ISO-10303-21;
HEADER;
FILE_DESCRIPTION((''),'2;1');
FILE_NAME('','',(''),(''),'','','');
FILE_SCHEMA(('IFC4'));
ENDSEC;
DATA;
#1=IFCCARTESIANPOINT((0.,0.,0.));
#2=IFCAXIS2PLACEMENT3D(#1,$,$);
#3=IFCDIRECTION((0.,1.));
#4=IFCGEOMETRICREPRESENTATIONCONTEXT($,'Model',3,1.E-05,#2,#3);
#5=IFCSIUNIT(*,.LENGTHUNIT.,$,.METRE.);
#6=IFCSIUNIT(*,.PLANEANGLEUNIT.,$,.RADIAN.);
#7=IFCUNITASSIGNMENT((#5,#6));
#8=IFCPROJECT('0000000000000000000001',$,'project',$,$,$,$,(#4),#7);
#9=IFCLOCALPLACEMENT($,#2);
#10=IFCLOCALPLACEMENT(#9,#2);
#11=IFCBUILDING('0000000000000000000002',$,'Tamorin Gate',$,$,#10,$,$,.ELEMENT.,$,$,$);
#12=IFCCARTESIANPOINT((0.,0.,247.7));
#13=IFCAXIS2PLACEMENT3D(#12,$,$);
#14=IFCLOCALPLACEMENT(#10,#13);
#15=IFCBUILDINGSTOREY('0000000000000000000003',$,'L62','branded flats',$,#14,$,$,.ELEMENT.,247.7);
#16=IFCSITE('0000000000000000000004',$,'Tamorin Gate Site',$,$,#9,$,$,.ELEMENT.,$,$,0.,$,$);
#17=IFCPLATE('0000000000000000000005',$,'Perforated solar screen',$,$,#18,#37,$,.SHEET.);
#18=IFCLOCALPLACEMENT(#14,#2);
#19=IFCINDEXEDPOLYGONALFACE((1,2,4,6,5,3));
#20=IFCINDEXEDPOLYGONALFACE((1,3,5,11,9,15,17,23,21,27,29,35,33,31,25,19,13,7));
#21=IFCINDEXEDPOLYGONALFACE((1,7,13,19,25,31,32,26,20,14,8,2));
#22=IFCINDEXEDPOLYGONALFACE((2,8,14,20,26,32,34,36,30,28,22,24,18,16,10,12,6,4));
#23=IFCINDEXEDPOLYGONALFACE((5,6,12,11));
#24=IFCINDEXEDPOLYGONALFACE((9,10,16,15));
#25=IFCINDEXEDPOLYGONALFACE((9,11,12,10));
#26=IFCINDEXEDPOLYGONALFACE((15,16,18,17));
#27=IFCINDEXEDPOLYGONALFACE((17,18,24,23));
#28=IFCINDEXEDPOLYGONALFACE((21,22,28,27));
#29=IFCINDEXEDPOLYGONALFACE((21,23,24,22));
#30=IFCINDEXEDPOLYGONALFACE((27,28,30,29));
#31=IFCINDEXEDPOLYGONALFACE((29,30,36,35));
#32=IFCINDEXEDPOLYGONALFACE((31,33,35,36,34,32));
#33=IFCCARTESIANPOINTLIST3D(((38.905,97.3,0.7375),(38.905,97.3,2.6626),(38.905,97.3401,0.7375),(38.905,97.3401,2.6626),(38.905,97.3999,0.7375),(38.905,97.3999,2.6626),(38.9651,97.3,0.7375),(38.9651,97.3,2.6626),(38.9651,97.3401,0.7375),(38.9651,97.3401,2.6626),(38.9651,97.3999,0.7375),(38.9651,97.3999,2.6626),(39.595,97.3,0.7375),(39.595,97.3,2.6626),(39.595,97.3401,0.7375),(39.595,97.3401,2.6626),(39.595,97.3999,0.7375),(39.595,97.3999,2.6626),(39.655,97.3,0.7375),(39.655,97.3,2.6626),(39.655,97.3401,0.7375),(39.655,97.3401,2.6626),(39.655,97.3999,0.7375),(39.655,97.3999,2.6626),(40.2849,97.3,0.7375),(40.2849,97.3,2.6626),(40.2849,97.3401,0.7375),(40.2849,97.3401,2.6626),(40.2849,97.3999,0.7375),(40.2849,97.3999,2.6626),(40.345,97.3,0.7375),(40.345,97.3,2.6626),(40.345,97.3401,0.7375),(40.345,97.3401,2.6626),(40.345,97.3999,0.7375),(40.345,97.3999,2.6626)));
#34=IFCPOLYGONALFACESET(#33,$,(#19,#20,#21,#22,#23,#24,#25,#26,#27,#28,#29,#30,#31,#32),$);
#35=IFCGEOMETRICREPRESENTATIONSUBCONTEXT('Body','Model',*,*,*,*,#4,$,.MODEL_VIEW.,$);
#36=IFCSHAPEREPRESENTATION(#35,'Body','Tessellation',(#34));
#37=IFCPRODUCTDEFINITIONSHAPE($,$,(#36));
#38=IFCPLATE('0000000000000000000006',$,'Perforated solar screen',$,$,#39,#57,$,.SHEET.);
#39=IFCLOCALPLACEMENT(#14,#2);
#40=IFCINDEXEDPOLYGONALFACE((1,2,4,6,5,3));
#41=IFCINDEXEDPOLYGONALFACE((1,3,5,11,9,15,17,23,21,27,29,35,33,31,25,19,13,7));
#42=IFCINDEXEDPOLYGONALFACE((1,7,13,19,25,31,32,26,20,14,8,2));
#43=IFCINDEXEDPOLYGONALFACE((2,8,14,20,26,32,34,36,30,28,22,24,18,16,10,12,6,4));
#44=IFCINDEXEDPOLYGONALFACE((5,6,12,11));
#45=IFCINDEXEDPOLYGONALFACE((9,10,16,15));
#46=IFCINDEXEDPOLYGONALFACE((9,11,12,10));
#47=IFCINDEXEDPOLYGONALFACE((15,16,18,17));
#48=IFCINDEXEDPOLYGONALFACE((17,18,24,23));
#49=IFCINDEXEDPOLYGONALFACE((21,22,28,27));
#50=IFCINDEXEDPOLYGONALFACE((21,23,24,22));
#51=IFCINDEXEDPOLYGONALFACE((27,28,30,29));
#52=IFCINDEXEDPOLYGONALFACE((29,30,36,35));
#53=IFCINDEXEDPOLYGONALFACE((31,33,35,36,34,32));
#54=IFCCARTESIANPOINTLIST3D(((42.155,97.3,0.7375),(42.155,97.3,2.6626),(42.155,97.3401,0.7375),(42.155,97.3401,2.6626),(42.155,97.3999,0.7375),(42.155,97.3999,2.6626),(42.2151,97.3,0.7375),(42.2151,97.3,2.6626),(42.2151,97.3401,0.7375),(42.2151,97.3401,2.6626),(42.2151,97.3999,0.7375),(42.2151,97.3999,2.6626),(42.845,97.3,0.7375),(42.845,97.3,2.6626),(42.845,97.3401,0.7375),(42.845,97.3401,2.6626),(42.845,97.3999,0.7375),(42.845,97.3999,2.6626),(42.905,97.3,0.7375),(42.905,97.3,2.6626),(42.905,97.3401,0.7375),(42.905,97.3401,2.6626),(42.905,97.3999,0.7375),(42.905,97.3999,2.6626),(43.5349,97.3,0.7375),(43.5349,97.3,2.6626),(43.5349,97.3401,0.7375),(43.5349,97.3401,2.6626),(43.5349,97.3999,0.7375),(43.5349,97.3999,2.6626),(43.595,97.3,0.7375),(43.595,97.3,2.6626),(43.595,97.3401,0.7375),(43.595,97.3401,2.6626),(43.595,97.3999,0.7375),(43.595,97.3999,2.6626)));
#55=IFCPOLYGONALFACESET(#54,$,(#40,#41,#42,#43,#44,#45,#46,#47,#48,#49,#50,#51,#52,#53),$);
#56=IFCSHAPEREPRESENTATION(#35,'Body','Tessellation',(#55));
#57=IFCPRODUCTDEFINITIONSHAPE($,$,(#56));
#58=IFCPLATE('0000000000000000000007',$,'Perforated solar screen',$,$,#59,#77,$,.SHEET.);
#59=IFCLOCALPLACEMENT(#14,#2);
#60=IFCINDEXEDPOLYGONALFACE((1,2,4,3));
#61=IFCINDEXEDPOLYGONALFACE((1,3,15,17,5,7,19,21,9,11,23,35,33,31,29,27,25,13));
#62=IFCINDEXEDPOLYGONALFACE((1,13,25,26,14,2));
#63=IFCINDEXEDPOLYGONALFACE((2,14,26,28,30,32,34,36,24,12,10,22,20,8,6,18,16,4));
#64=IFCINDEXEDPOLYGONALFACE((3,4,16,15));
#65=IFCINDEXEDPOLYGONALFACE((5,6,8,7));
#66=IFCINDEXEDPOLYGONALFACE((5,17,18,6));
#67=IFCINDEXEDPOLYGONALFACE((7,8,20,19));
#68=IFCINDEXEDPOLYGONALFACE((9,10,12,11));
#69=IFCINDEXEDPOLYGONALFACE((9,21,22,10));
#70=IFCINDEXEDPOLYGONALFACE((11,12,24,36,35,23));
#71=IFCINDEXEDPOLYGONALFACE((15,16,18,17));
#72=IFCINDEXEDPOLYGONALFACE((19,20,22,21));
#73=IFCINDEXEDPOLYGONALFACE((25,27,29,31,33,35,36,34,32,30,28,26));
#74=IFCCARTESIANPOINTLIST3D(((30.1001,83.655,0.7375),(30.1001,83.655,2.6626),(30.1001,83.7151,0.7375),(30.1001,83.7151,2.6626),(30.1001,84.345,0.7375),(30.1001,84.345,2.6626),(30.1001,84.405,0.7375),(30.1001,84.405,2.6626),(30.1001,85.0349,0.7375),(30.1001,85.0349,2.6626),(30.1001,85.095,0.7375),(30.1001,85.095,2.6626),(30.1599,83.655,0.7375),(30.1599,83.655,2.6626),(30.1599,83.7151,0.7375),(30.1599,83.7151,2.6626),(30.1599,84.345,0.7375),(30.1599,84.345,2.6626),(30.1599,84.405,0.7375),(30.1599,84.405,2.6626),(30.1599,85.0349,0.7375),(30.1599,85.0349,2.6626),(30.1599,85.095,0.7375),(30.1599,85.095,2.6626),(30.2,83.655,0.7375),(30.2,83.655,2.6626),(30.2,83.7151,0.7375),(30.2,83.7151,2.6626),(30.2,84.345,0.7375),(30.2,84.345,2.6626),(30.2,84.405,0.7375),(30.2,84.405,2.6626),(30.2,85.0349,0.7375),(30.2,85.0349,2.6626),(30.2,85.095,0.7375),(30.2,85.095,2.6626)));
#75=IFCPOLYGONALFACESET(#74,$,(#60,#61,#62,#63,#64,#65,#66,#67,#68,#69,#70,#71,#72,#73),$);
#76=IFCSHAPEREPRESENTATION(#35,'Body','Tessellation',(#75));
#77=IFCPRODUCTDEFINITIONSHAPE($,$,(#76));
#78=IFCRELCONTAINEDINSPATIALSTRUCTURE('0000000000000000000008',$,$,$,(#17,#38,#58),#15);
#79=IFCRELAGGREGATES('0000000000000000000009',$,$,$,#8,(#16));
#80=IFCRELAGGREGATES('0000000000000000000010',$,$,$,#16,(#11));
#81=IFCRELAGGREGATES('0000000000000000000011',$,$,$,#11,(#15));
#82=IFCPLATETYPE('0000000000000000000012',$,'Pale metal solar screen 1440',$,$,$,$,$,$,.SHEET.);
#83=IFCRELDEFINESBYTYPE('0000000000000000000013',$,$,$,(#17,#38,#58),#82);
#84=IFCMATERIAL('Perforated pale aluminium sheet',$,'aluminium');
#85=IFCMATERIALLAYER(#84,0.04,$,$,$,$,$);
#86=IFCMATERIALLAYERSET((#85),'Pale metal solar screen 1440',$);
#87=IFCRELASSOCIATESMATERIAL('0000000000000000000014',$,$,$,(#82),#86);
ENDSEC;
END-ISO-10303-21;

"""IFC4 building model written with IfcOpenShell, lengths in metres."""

from ifc_helpers import new_model, si_unit, direction, frame, origin, place, context, subcontext, project, spatial, polyline, outline, extrude, material, layer, layer_set, type_object, element, save


model = new_model("IFC4")

# Units and contexts
model_context = context("Model", 3, precision=1e-05, world=origin(), true_north=direction((0.0, 1.0)))
body_context = subcontext(model_context, "Body", "Model", "MODEL_VIEW")
ifc_project = project(units=[si_unit("LENGTHUNIT", "METRE"), si_unit("PLANEANGLEUNIT", "RADIAN")], contexts=[model_context])

# Site, building, storey
site_placement = place(None, origin())
site = spatial("IfcSite", under=ifc_project, at=site_placement, Name="Tamorin Gate Site", CompositionType="ELEMENT", RefElevation=0.0)
building_placement = place(site_placement, origin())
building = spatial("IfcBuilding", under=site, at=building_placement, Name="Tamorin Gate", CompositionType="ELEMENT")
storey_placement = place(building_placement, frame((0.0, 0.0, 247.7)))
storey = spatial("IfcBuildingStorey", under=building, at=storey_placement, Name="L62", Description="branded flats", CompositionType="ELEMENT", Elevation=247.7)

# Plates
ifc_material_1 = material(Name="Perforated pale aluminium sheet", Category="aluminium")
ifc_layer_1 = layer(ifc_material_1, 0.04)
ifc_layer_set_1 = layer_set([ifc_layer_1], Name="Pale metal solar screen 1440")
plate_type = type_object("IfcPlateType", Name="Pale metal solar screen 1440", PredefinedType="SHEET", material=ifc_layer_set_1)
plate_1_placement = place(storey_placement, frame((0.0, 0.0, 0.7375)))
element("IfcPlate", 1, at=plate_1_placement, inside=storey, type_object=plate_type, Name="Perforated solar screen", PredefinedType="SHEET", context=body_context, shape_type="SweptSolid", body=[
    extrude(outline(polyline([(40.345, 97.3401), (40.345, 97.3), (40.2849, 97.3), (39.655, 97.3), (39.595, 97.3), (38.9651, 97.3), (38.905, 97.3), (38.905, 97.3401), (38.905, 97.3999), (38.9651, 97.3999), (38.9651, 97.3401), (39.595, 97.3401), (39.595, 97.3999), (39.655, 97.3999), (39.655, 97.3401), (40.2849, 97.3401), (40.2849, 97.3999), (40.345, 97.3999), (40.345, 97.3401)])), origin(), (0.0, 0.0, 1.0), 1.925),
])
plate_2_placement = place(storey_placement, frame((0.0, 0.0, 0.7375)))
element("IfcPlate", 2, at=plate_2_placement, inside=storey, type_object=plate_type, Name="Perforated solar screen", PredefinedType="SHEET", context=body_context, shape_type="SweptSolid", body=[
    extrude(outline(polyline([(43.595, 97.3401), (43.595, 97.3), (43.5349, 97.3), (42.905, 97.3), (42.845, 97.3), (42.2151, 97.3), (42.155, 97.3), (42.155, 97.3401), (42.155, 97.3999), (42.2151, 97.3999), (42.2151, 97.3401), (42.845, 97.3401), (42.845, 97.3999), (42.905, 97.3999), (42.905, 97.3401), (43.5349, 97.3401), (43.5349, 97.3999), (43.595, 97.3999), (43.595, 97.3401)])), origin(), (0.0, 0.0, 1.0), 1.925),
])
plate_3_placement = place(storey_placement, frame((0.0, 0.0, 0.7375)))
element("IfcPlate", 3, at=plate_3_placement, inside=storey, type_object=plate_type, Name="Perforated solar screen", PredefinedType="SHEET", context=body_context, shape_type="SweptSolid", body=[
    extrude(outline(polyline([(30.1599, 85.095), (30.2, 85.095), (30.2, 85.0349), (30.2, 84.405), (30.2, 84.345), (30.2, 83.7151), (30.2, 83.655), (30.1599, 83.655), (30.1001, 83.655), (30.1001, 83.7151), (30.1599, 83.7151), (30.1599, 84.345), (30.1001, 84.345), (30.1001, 84.405), (30.1599, 84.405), (30.1599, 85.0349), (30.1001, 85.0349), (30.1001, 85.095), (30.1599, 85.095)])), origin(), (0.0, 0.0, 1.0), 1.925),
])

save(model, "model.ifc")
